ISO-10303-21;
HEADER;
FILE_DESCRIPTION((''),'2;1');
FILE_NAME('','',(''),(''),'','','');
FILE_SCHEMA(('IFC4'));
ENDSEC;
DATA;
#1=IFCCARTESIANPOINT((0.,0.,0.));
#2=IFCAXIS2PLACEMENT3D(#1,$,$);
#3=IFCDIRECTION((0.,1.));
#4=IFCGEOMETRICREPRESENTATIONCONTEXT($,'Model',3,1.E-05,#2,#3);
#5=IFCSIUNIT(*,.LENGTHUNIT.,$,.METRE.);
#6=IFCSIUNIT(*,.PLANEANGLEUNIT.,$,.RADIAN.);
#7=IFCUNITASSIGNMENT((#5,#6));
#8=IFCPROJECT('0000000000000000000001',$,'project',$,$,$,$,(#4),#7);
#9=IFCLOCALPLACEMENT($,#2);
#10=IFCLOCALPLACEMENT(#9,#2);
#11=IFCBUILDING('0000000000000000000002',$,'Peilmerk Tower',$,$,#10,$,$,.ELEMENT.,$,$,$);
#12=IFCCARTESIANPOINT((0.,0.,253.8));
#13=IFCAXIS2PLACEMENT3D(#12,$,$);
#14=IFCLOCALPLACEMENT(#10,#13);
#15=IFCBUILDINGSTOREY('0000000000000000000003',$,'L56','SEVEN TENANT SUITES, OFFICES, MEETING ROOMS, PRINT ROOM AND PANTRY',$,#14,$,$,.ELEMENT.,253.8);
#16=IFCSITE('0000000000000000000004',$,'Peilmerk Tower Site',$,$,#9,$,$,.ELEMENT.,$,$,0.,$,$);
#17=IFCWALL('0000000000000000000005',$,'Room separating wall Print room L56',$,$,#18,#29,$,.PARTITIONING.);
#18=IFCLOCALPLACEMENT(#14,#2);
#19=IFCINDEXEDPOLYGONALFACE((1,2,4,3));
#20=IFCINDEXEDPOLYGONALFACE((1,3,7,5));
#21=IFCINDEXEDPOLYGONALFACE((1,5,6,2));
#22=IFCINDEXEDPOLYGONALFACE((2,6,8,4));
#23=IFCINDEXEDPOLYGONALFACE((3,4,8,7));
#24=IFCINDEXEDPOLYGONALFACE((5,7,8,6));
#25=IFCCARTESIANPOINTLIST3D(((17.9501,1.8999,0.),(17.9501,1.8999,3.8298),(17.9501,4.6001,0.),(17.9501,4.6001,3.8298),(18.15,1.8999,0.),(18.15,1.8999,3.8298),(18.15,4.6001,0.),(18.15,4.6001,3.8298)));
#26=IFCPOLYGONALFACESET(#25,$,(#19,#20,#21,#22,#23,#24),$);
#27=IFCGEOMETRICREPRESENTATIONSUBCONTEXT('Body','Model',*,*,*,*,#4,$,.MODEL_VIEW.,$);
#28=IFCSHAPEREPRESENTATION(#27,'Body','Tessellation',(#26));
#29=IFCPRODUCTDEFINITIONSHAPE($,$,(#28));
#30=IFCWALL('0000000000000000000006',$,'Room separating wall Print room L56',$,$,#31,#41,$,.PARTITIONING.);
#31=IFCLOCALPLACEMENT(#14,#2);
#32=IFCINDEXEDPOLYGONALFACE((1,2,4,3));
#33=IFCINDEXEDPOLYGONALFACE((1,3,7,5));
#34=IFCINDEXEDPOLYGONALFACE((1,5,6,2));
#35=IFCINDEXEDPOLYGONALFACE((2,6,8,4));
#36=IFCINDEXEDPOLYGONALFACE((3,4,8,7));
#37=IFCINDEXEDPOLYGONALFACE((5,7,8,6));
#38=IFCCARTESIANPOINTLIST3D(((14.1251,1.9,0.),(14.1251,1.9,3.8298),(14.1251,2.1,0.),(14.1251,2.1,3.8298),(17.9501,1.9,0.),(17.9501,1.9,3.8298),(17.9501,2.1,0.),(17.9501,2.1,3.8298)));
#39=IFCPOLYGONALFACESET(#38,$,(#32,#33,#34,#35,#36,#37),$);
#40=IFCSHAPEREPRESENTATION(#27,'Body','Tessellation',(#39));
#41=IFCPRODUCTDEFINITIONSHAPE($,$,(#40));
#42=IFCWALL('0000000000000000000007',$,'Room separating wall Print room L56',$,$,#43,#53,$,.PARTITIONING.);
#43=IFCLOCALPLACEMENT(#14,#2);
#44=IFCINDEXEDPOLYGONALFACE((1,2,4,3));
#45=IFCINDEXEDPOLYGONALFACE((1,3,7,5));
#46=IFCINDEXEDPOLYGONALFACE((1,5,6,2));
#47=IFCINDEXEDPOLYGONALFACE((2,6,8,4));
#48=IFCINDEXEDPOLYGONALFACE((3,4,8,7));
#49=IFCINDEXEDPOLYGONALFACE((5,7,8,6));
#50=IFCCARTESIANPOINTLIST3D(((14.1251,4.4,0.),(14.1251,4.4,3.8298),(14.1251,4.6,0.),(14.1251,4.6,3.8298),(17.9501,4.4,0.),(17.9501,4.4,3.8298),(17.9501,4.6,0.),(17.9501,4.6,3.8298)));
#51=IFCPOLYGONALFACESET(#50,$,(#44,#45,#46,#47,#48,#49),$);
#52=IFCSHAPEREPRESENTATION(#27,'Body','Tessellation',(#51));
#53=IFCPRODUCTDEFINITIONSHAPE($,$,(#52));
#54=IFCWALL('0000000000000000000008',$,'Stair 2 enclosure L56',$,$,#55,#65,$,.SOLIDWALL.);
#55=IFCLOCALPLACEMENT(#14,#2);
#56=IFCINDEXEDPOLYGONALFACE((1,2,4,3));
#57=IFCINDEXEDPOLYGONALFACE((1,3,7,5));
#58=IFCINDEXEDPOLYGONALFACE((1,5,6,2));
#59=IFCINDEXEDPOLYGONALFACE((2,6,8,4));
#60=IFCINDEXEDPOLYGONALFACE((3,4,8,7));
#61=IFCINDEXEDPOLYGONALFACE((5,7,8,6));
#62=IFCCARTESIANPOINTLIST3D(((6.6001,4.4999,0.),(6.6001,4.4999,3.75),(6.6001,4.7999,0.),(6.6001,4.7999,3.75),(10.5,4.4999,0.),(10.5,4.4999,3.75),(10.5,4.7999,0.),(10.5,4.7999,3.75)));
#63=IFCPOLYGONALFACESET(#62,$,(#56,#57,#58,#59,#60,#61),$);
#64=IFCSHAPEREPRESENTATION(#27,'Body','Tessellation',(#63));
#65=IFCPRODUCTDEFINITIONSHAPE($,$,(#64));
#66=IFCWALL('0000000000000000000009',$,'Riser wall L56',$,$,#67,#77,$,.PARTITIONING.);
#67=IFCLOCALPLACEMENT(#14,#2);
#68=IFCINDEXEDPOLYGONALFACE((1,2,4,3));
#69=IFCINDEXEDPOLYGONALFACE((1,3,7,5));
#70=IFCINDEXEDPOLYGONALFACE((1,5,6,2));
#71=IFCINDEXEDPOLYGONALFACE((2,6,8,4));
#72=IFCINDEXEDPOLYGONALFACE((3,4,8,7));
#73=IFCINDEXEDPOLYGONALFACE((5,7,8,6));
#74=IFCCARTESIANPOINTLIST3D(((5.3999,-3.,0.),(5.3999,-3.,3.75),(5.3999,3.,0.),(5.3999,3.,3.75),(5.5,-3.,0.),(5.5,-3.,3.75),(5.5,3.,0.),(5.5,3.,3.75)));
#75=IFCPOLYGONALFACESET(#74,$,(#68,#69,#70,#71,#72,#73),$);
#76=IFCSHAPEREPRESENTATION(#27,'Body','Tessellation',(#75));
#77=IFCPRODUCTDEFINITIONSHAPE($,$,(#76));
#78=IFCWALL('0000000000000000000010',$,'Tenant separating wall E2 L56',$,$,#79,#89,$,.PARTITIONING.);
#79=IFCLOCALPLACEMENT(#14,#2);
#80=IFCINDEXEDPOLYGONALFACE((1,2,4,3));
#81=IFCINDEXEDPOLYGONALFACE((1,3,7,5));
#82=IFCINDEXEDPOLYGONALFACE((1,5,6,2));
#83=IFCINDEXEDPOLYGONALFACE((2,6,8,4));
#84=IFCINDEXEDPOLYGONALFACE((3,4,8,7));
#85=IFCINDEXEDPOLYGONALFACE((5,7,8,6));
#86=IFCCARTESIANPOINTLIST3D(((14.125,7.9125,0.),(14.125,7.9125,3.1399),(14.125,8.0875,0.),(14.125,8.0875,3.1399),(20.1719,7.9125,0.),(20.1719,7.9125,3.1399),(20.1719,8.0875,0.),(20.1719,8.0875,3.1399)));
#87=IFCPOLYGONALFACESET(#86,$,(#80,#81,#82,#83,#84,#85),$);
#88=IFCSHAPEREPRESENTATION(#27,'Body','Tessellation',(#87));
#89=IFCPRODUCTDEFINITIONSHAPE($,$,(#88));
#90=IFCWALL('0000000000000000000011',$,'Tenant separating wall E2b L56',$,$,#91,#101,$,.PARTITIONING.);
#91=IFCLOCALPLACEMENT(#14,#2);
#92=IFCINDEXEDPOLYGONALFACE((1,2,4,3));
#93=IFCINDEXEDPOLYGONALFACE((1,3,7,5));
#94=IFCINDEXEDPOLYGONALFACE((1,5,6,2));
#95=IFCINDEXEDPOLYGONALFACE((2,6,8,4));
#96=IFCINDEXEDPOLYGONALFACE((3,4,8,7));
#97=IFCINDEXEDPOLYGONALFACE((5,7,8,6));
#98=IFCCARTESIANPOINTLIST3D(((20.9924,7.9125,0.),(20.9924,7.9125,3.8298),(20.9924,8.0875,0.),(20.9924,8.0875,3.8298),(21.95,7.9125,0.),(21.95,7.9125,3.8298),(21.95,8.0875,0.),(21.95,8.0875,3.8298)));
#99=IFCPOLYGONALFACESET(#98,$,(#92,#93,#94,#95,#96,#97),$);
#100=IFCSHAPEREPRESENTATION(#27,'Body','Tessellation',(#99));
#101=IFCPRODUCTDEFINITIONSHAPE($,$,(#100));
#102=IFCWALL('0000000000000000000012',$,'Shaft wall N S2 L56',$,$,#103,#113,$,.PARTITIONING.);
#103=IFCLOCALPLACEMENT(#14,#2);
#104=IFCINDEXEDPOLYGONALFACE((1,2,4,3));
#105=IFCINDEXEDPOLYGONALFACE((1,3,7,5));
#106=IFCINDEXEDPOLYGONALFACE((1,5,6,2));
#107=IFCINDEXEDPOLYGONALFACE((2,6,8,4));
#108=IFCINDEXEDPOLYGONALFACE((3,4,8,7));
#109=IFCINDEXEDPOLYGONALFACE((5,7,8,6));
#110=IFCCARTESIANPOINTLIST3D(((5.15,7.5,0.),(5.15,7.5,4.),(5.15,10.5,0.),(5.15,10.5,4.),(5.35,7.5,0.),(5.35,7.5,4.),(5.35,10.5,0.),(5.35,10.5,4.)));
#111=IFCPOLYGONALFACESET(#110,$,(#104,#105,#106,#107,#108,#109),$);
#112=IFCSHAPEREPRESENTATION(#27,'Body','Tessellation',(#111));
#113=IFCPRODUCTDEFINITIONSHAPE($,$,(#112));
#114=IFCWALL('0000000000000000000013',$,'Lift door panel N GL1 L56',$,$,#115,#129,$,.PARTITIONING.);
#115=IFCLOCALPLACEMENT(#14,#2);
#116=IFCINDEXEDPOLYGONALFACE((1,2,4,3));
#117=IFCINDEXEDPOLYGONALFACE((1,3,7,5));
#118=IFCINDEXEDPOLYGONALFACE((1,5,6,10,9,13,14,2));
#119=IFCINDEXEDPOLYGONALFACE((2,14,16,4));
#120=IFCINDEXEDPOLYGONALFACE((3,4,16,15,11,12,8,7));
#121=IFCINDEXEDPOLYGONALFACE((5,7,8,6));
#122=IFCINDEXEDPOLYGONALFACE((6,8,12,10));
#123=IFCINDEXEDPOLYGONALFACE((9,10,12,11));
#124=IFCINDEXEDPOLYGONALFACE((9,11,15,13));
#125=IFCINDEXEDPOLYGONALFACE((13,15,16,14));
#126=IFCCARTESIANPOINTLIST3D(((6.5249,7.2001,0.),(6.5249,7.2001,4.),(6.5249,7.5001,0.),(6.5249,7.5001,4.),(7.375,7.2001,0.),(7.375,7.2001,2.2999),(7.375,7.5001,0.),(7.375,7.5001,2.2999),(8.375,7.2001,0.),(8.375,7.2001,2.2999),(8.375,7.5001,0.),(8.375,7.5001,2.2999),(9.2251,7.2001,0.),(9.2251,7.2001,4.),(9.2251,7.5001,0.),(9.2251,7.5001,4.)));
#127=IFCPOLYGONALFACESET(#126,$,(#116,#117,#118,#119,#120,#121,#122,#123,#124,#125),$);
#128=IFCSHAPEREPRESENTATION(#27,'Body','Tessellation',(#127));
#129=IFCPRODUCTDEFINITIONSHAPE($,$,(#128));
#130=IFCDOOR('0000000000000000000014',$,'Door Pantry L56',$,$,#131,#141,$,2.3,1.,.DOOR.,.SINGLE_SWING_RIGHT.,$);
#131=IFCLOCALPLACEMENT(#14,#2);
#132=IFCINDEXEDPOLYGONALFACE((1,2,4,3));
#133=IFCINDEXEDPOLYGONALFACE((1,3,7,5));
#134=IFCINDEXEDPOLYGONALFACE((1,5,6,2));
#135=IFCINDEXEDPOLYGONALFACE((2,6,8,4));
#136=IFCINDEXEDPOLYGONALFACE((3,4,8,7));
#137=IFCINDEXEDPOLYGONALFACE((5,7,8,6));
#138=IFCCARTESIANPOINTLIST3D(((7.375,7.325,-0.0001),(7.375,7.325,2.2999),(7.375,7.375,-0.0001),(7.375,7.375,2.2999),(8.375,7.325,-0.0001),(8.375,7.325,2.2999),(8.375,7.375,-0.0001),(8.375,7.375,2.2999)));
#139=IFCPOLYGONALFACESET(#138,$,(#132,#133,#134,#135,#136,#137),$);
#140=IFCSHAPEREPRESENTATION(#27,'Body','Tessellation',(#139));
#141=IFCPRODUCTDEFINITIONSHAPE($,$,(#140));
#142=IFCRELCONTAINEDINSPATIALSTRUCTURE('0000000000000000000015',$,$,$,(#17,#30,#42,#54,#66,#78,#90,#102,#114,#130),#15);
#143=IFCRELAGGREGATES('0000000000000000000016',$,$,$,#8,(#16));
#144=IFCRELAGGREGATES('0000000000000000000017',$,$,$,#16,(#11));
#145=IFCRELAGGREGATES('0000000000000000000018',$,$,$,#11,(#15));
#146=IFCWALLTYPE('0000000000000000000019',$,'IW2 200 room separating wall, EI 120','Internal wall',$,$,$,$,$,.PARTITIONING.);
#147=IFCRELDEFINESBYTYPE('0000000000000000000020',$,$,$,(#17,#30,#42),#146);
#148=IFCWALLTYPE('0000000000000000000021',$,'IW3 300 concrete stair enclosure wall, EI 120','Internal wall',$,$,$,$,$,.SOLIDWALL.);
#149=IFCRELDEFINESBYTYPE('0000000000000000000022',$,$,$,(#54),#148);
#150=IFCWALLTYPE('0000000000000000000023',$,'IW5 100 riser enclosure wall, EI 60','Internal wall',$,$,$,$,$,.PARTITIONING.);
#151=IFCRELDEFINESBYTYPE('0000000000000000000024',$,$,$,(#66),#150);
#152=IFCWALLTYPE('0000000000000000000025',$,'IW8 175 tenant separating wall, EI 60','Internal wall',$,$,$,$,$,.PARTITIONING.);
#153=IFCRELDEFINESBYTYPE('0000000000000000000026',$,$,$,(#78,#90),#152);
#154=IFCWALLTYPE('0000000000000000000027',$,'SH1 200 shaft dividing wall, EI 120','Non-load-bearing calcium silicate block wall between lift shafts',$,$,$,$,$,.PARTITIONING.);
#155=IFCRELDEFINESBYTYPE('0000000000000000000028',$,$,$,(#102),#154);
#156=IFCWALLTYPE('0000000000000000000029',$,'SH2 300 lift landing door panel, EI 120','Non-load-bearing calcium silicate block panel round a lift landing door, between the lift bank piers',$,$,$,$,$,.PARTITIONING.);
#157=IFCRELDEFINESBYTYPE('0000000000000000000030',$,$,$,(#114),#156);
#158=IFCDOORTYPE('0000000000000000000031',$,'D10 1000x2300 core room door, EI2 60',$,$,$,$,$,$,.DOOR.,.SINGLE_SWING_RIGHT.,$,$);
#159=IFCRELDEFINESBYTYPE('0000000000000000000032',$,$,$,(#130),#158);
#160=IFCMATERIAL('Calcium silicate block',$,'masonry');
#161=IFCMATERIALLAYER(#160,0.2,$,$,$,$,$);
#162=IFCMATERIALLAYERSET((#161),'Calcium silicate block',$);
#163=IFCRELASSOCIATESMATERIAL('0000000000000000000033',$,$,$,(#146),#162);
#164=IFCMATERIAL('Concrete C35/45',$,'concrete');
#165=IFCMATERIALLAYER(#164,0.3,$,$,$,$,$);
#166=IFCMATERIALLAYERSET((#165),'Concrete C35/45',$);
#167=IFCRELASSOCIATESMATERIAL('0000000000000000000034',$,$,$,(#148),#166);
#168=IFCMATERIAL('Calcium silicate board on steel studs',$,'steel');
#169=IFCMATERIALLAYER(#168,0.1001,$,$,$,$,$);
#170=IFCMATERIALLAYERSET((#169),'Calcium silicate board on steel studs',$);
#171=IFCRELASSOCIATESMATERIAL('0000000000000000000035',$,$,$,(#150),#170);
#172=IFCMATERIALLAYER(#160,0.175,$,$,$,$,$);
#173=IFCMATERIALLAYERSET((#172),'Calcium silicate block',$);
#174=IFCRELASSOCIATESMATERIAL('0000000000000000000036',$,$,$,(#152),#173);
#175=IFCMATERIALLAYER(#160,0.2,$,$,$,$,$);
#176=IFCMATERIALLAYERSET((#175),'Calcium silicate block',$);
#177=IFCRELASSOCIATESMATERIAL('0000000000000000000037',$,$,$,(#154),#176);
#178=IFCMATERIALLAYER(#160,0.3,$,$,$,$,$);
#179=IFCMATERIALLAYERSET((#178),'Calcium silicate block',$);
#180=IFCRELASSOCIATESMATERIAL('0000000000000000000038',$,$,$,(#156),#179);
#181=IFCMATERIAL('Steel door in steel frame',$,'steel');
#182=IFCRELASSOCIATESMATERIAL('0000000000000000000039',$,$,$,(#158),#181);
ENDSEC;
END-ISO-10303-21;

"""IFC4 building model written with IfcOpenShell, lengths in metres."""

from ifc_helpers import new_model, si_unit, direction, frame, frame_2d, origin, place, context, subcontext, project, spatial, rectangle, extrude, material, layer, layer_set, type_object, element, fill, save


model = new_model("IFC4")

# Units and contexts
model_context = context("Model", 3, precision=1e-05, world=origin(), true_north=direction((0.0, 1.0)))
body_context = subcontext(model_context, "Body", "Model", "MODEL_VIEW")
ifc_project = project(units=[si_unit("LENGTHUNIT", "METRE"), si_unit("PLANEANGLEUNIT", "RADIAN")], contexts=[model_context])

# Site, building, storey
site_placement = place(None, origin())
site = spatial("IfcSite", under=ifc_project, at=site_placement, Name="Peilmerk Tower Site", CompositionType="ELEMENT", RefElevation=0.0)
building_placement = place(site_placement, origin())
building = spatial("IfcBuilding", under=site, at=building_placement, Name="Peilmerk Tower", CompositionType="ELEMENT")
storey_placement = place(building_placement, frame((0.0, 0.0, 253.8)))
storey = spatial("IfcBuildingStorey", under=building, at=storey_placement, Name="L56", Description="SEVEN TENANT SUITES, OFFICES, MEETING ROOMS, PRINT ROOM AND PANTRY", CompositionType="ELEMENT", Elevation=253.8)

# Walls
ifc_material_1 = material(Name="Calcium silicate block", Category="masonry")
ifc_layer_1 = layer(ifc_material_1, 0.2)
ifc_layer_set_1 = layer_set([ifc_layer_1], Name="Calcium silicate block")
wall_type_1 = type_object("IfcWallType", Name="IW2 200 room separating wall, EI 120", Description="Internal wall", PredefinedType="PARTITIONING", material=ifc_layer_set_1)
wall_1_placement = place(storey_placement, frame((18.05, 1.8999, 0.0), z_axis=(0.0, 0.0, 1.0), x_axis=(0.0, 1.0, 0.0)))
element("IfcWall", 1, at=wall_1_placement, inside=storey, type_object=wall_type_1, Name="Room separating wall Print room L56", PredefinedType="PARTITIONING", context=body_context, shape_type="SweptSolid", body=[
    extrude(rectangle(XDim=2.7002, YDim=0.2, at=frame_2d((1.3501, 0.0))), origin(), (0.0, 0.0, 1.0), 3.8298),
])
for number, where, z_axis, x_axis, name in (
    (2, (14.125, 2.0, 0.0), (0.0, 0.0, 1.0), (1.0, 0.0, 0.0), "Room separating wall Print room L56"),
    (3, (14.125, 4.5, 0.0), (0.0, 0.0, 1.0), (1.0, 0.0, 0.0), "Room separating wall Print room L56"),
):
    element("IfcWall", number, at=place(storey_placement, frame(where, z_axis=z_axis, x_axis=x_axis)), inside=storey, type_object=wall_type_1, Name=name, PredefinedType="PARTITIONING", context=body_context, shape_type="SweptSolid", body=[
        extrude(rectangle(XDim=3.825, YDim=0.2, at=frame_2d((1.9126, 0.0))), origin(), (0.0, 0.0, 1.0), 3.8298),
    ])
ifc_material_2 = material(Name="Concrete C35/45", Category="concrete")
ifc_layer_2 = layer(ifc_material_2, 0.3)
ifc_layer_set_2 = layer_set([ifc_layer_2], Name="Concrete C35/45")
wall_type_2 = type_object("IfcWallType", Name="IW3 300 concrete stair enclosure wall, EI 120", Description="Internal wall", PredefinedType="SOLIDWALL", material=ifc_layer_set_2)
wall_2_placement = place(storey_placement, frame((6.6001, 4.6499, 0.0), z_axis=(0.0, 0.0, 1.0), x_axis=(1.0, 0.0, 0.0)))
element("IfcWall", 4, at=wall_2_placement, inside=storey, type_object=wall_type_2, Name="Stair 2 enclosure L56", PredefinedType="SOLIDWALL", context=body_context, shape_type="SweptSolid", body=[
    extrude(rectangle(XDim=3.8999, YDim=0.3, at=frame_2d((1.95, 0.0))), origin(), (0.0, 0.0, 1.0), 3.75),
])
ifc_material_3 = material(Name="Calcium silicate board on steel studs", Category="steel")
ifc_layer_3 = layer(ifc_material_3, 0.1001)
ifc_layer_set_3 = layer_set([ifc_layer_3], Name="Calcium silicate board on steel studs")
wall_type_3 = type_object("IfcWallType", Name="IW5 100 riser enclosure wall, EI 60", Description="Internal wall", PredefinedType="PARTITIONING", material=ifc_layer_set_3)
wall_3_placement = place(storey_placement, frame((5.45, 3.0, 0.0), z_axis=(0.0, 0.0, 1.0), x_axis=(0.0, -1.0, 0.0)))
element("IfcWall", 5, at=wall_3_placement, inside=storey, type_object=wall_type_3, Name="Riser wall L56", PredefinedType="PARTITIONING", context=body_context, shape_type="SweptSolid", body=[
    extrude(rectangle(XDim=6.0, YDim=0.1001, at=frame_2d((3.0, 0.0))), origin(), (0.0, 0.0, 1.0), 3.75),
])
ifc_layer_4 = layer(ifc_material_1, 0.175)
ifc_layer_set_4 = layer_set([ifc_layer_4], Name="Calcium silicate block")
wall_type_4 = type_object("IfcWallType", Name="IW8 175 tenant separating wall, EI 60", Description="Internal wall", PredefinedType="PARTITIONING", material=ifc_layer_set_4)
wall_4_placement = place(storey_placement, frame((14.125, 8.0, 0.0), z_axis=(0.0, 0.0, 1.0), x_axis=(1.0, 0.0, 0.0)))
element("IfcWall", 6, at=wall_4_placement, inside=storey, type_object=wall_type_4, Name="Tenant separating wall E2 L56", PredefinedType="PARTITIONING", context=body_context, shape_type="SweptSolid", body=[
    extrude(rectangle(XDim=6.0469, YDim=0.175, at=frame_2d((3.0234, 0.0))), origin(), (0.0, 0.0, 1.0), 3.1399),
])
wall_5_placement = place(storey_placement, frame((20.9924, 8.0, 0.0), z_axis=(0.0, 0.0, 1.0), x_axis=(1.0, 0.0, 0.0)))
element("IfcWall", 7, at=wall_5_placement, inside=storey, type_object=wall_type_4, Name="Tenant separating wall E2b L56", PredefinedType="PARTITIONING", context=body_context, shape_type="SweptSolid", body=[
    extrude(rectangle(XDim=0.9575, YDim=0.175, at=frame_2d((0.4788, 0.0))), origin(), (0.0, 0.0, 1.0), 3.8298),
])
ifc_layer_5 = layer(ifc_material_1, 0.2)
ifc_layer_set_5 = layer_set([ifc_layer_5], Name="Calcium silicate block")
wall_type_5 = type_object("IfcWallType", Name="SH1 200 shaft dividing wall, EI 120", Description="Non-load-bearing calcium silicate block wall between lift shafts", PredefinedType="PARTITIONING", material=ifc_layer_set_5)
wall_6_placement = place(storey_placement, frame((5.25, 7.5, 0.0), z_axis=(0.0, 0.0, 1.0), x_axis=(0.0, 1.0, 0.0)))
element("IfcWall", 8, at=wall_6_placement, inside=storey, type_object=wall_type_5, Name="Shaft wall N S2 L56", PredefinedType="PARTITIONING", context=body_context, shape_type="SweptSolid", body=[
    extrude(rectangle(XDim=3.0, YDim=0.2, at=frame_2d((1.5, 0.0))), origin(), (0.0, 0.0, 1.0), 4.0),
])

# Wall, opening, door
ifc_layer_6 = layer(ifc_material_1, 0.3)
ifc_layer_set_6 = layer_set([ifc_layer_6], Name="Calcium silicate block")
wall_type_6 = type_object("IfcWallType", Name="SH2 300 lift landing door panel, EI 120", Description="Non-load-bearing calcium silicate block panel round a lift landing door, between the lift bank piers", PredefinedType="PARTITIONING", material=ifc_layer_set_6)
wall_7_placement = place(storey_placement, frame((6.5249, 7.3501, 0.0), z_axis=(0.0, 0.0, 1.0), x_axis=(1.0, 0.0, 0.0)))
wall_7 = element("IfcWall", 9, at=wall_7_placement, inside=storey, type_object=wall_type_6, Name="Lift door panel N GL1 L56", PredefinedType="PARTITIONING", context=body_context, shape_type="SweptSolid", body=[
    extrude(rectangle(XDim=2.7002, YDim=0.3, at=frame_2d((1.3501, 0.0))), origin(), (0.0, 0.0, 1.0), 4.0),
])
opening_1_placement = place(wall_7_placement, frame((0.8501, 0.0, 0.0)))
opening_1 = element("IfcOpeningElement", 10, at=opening_1_placement, cuts=wall_7, PredefinedType="OPENING", context=body_context, shape_type="SweptSolid", body=[
    extrude(rectangle(XDim=1.0, YDim=2.3, at=frame_2d((0.5, 1.1499))), frame((0.0, 0.1599, 0.0), z_axis=(0.0, -1.0, 0.0), x_axis=(1.0, 0.0, 0.0)), (0.0, 0.0, 1.0), 0.3201),
])
ifc_material_4 = material(Name="Steel door in steel frame", Category="steel")
door_type_1 = type_object("IfcDoorType", Name="D10 1000x2300 core room door, EI2 60", OperationType="SINGLE_SWING_RIGHT", PredefinedType="DOOR", material=ifc_material_4)
door_1_placement = place(opening_1_placement, origin())
door_1 = element("IfcDoor", 11, at=door_1_placement, inside=storey, type_object=door_type_1, Name="Door Pantry L56", OperationType="SINGLE_SWING_RIGHT", OverallHeight=2.3, OverallWidth=1.0, PredefinedType="DOOR", context=body_context, shape_type="SweptSolid", body=[
    extrude(rectangle(XDim=1.0, YDim=2.3, at=frame_2d((0.5, 1.1499))), frame((0.0, 0.0249, 0.0), z_axis=(0.0, -1.0, 0.0), x_axis=(1.0, 0.0, 0.0)), (0.0, 0.0, 1.0), 0.05),
])
fill(opening_1, door_1)

save(model, "model.ifc")
